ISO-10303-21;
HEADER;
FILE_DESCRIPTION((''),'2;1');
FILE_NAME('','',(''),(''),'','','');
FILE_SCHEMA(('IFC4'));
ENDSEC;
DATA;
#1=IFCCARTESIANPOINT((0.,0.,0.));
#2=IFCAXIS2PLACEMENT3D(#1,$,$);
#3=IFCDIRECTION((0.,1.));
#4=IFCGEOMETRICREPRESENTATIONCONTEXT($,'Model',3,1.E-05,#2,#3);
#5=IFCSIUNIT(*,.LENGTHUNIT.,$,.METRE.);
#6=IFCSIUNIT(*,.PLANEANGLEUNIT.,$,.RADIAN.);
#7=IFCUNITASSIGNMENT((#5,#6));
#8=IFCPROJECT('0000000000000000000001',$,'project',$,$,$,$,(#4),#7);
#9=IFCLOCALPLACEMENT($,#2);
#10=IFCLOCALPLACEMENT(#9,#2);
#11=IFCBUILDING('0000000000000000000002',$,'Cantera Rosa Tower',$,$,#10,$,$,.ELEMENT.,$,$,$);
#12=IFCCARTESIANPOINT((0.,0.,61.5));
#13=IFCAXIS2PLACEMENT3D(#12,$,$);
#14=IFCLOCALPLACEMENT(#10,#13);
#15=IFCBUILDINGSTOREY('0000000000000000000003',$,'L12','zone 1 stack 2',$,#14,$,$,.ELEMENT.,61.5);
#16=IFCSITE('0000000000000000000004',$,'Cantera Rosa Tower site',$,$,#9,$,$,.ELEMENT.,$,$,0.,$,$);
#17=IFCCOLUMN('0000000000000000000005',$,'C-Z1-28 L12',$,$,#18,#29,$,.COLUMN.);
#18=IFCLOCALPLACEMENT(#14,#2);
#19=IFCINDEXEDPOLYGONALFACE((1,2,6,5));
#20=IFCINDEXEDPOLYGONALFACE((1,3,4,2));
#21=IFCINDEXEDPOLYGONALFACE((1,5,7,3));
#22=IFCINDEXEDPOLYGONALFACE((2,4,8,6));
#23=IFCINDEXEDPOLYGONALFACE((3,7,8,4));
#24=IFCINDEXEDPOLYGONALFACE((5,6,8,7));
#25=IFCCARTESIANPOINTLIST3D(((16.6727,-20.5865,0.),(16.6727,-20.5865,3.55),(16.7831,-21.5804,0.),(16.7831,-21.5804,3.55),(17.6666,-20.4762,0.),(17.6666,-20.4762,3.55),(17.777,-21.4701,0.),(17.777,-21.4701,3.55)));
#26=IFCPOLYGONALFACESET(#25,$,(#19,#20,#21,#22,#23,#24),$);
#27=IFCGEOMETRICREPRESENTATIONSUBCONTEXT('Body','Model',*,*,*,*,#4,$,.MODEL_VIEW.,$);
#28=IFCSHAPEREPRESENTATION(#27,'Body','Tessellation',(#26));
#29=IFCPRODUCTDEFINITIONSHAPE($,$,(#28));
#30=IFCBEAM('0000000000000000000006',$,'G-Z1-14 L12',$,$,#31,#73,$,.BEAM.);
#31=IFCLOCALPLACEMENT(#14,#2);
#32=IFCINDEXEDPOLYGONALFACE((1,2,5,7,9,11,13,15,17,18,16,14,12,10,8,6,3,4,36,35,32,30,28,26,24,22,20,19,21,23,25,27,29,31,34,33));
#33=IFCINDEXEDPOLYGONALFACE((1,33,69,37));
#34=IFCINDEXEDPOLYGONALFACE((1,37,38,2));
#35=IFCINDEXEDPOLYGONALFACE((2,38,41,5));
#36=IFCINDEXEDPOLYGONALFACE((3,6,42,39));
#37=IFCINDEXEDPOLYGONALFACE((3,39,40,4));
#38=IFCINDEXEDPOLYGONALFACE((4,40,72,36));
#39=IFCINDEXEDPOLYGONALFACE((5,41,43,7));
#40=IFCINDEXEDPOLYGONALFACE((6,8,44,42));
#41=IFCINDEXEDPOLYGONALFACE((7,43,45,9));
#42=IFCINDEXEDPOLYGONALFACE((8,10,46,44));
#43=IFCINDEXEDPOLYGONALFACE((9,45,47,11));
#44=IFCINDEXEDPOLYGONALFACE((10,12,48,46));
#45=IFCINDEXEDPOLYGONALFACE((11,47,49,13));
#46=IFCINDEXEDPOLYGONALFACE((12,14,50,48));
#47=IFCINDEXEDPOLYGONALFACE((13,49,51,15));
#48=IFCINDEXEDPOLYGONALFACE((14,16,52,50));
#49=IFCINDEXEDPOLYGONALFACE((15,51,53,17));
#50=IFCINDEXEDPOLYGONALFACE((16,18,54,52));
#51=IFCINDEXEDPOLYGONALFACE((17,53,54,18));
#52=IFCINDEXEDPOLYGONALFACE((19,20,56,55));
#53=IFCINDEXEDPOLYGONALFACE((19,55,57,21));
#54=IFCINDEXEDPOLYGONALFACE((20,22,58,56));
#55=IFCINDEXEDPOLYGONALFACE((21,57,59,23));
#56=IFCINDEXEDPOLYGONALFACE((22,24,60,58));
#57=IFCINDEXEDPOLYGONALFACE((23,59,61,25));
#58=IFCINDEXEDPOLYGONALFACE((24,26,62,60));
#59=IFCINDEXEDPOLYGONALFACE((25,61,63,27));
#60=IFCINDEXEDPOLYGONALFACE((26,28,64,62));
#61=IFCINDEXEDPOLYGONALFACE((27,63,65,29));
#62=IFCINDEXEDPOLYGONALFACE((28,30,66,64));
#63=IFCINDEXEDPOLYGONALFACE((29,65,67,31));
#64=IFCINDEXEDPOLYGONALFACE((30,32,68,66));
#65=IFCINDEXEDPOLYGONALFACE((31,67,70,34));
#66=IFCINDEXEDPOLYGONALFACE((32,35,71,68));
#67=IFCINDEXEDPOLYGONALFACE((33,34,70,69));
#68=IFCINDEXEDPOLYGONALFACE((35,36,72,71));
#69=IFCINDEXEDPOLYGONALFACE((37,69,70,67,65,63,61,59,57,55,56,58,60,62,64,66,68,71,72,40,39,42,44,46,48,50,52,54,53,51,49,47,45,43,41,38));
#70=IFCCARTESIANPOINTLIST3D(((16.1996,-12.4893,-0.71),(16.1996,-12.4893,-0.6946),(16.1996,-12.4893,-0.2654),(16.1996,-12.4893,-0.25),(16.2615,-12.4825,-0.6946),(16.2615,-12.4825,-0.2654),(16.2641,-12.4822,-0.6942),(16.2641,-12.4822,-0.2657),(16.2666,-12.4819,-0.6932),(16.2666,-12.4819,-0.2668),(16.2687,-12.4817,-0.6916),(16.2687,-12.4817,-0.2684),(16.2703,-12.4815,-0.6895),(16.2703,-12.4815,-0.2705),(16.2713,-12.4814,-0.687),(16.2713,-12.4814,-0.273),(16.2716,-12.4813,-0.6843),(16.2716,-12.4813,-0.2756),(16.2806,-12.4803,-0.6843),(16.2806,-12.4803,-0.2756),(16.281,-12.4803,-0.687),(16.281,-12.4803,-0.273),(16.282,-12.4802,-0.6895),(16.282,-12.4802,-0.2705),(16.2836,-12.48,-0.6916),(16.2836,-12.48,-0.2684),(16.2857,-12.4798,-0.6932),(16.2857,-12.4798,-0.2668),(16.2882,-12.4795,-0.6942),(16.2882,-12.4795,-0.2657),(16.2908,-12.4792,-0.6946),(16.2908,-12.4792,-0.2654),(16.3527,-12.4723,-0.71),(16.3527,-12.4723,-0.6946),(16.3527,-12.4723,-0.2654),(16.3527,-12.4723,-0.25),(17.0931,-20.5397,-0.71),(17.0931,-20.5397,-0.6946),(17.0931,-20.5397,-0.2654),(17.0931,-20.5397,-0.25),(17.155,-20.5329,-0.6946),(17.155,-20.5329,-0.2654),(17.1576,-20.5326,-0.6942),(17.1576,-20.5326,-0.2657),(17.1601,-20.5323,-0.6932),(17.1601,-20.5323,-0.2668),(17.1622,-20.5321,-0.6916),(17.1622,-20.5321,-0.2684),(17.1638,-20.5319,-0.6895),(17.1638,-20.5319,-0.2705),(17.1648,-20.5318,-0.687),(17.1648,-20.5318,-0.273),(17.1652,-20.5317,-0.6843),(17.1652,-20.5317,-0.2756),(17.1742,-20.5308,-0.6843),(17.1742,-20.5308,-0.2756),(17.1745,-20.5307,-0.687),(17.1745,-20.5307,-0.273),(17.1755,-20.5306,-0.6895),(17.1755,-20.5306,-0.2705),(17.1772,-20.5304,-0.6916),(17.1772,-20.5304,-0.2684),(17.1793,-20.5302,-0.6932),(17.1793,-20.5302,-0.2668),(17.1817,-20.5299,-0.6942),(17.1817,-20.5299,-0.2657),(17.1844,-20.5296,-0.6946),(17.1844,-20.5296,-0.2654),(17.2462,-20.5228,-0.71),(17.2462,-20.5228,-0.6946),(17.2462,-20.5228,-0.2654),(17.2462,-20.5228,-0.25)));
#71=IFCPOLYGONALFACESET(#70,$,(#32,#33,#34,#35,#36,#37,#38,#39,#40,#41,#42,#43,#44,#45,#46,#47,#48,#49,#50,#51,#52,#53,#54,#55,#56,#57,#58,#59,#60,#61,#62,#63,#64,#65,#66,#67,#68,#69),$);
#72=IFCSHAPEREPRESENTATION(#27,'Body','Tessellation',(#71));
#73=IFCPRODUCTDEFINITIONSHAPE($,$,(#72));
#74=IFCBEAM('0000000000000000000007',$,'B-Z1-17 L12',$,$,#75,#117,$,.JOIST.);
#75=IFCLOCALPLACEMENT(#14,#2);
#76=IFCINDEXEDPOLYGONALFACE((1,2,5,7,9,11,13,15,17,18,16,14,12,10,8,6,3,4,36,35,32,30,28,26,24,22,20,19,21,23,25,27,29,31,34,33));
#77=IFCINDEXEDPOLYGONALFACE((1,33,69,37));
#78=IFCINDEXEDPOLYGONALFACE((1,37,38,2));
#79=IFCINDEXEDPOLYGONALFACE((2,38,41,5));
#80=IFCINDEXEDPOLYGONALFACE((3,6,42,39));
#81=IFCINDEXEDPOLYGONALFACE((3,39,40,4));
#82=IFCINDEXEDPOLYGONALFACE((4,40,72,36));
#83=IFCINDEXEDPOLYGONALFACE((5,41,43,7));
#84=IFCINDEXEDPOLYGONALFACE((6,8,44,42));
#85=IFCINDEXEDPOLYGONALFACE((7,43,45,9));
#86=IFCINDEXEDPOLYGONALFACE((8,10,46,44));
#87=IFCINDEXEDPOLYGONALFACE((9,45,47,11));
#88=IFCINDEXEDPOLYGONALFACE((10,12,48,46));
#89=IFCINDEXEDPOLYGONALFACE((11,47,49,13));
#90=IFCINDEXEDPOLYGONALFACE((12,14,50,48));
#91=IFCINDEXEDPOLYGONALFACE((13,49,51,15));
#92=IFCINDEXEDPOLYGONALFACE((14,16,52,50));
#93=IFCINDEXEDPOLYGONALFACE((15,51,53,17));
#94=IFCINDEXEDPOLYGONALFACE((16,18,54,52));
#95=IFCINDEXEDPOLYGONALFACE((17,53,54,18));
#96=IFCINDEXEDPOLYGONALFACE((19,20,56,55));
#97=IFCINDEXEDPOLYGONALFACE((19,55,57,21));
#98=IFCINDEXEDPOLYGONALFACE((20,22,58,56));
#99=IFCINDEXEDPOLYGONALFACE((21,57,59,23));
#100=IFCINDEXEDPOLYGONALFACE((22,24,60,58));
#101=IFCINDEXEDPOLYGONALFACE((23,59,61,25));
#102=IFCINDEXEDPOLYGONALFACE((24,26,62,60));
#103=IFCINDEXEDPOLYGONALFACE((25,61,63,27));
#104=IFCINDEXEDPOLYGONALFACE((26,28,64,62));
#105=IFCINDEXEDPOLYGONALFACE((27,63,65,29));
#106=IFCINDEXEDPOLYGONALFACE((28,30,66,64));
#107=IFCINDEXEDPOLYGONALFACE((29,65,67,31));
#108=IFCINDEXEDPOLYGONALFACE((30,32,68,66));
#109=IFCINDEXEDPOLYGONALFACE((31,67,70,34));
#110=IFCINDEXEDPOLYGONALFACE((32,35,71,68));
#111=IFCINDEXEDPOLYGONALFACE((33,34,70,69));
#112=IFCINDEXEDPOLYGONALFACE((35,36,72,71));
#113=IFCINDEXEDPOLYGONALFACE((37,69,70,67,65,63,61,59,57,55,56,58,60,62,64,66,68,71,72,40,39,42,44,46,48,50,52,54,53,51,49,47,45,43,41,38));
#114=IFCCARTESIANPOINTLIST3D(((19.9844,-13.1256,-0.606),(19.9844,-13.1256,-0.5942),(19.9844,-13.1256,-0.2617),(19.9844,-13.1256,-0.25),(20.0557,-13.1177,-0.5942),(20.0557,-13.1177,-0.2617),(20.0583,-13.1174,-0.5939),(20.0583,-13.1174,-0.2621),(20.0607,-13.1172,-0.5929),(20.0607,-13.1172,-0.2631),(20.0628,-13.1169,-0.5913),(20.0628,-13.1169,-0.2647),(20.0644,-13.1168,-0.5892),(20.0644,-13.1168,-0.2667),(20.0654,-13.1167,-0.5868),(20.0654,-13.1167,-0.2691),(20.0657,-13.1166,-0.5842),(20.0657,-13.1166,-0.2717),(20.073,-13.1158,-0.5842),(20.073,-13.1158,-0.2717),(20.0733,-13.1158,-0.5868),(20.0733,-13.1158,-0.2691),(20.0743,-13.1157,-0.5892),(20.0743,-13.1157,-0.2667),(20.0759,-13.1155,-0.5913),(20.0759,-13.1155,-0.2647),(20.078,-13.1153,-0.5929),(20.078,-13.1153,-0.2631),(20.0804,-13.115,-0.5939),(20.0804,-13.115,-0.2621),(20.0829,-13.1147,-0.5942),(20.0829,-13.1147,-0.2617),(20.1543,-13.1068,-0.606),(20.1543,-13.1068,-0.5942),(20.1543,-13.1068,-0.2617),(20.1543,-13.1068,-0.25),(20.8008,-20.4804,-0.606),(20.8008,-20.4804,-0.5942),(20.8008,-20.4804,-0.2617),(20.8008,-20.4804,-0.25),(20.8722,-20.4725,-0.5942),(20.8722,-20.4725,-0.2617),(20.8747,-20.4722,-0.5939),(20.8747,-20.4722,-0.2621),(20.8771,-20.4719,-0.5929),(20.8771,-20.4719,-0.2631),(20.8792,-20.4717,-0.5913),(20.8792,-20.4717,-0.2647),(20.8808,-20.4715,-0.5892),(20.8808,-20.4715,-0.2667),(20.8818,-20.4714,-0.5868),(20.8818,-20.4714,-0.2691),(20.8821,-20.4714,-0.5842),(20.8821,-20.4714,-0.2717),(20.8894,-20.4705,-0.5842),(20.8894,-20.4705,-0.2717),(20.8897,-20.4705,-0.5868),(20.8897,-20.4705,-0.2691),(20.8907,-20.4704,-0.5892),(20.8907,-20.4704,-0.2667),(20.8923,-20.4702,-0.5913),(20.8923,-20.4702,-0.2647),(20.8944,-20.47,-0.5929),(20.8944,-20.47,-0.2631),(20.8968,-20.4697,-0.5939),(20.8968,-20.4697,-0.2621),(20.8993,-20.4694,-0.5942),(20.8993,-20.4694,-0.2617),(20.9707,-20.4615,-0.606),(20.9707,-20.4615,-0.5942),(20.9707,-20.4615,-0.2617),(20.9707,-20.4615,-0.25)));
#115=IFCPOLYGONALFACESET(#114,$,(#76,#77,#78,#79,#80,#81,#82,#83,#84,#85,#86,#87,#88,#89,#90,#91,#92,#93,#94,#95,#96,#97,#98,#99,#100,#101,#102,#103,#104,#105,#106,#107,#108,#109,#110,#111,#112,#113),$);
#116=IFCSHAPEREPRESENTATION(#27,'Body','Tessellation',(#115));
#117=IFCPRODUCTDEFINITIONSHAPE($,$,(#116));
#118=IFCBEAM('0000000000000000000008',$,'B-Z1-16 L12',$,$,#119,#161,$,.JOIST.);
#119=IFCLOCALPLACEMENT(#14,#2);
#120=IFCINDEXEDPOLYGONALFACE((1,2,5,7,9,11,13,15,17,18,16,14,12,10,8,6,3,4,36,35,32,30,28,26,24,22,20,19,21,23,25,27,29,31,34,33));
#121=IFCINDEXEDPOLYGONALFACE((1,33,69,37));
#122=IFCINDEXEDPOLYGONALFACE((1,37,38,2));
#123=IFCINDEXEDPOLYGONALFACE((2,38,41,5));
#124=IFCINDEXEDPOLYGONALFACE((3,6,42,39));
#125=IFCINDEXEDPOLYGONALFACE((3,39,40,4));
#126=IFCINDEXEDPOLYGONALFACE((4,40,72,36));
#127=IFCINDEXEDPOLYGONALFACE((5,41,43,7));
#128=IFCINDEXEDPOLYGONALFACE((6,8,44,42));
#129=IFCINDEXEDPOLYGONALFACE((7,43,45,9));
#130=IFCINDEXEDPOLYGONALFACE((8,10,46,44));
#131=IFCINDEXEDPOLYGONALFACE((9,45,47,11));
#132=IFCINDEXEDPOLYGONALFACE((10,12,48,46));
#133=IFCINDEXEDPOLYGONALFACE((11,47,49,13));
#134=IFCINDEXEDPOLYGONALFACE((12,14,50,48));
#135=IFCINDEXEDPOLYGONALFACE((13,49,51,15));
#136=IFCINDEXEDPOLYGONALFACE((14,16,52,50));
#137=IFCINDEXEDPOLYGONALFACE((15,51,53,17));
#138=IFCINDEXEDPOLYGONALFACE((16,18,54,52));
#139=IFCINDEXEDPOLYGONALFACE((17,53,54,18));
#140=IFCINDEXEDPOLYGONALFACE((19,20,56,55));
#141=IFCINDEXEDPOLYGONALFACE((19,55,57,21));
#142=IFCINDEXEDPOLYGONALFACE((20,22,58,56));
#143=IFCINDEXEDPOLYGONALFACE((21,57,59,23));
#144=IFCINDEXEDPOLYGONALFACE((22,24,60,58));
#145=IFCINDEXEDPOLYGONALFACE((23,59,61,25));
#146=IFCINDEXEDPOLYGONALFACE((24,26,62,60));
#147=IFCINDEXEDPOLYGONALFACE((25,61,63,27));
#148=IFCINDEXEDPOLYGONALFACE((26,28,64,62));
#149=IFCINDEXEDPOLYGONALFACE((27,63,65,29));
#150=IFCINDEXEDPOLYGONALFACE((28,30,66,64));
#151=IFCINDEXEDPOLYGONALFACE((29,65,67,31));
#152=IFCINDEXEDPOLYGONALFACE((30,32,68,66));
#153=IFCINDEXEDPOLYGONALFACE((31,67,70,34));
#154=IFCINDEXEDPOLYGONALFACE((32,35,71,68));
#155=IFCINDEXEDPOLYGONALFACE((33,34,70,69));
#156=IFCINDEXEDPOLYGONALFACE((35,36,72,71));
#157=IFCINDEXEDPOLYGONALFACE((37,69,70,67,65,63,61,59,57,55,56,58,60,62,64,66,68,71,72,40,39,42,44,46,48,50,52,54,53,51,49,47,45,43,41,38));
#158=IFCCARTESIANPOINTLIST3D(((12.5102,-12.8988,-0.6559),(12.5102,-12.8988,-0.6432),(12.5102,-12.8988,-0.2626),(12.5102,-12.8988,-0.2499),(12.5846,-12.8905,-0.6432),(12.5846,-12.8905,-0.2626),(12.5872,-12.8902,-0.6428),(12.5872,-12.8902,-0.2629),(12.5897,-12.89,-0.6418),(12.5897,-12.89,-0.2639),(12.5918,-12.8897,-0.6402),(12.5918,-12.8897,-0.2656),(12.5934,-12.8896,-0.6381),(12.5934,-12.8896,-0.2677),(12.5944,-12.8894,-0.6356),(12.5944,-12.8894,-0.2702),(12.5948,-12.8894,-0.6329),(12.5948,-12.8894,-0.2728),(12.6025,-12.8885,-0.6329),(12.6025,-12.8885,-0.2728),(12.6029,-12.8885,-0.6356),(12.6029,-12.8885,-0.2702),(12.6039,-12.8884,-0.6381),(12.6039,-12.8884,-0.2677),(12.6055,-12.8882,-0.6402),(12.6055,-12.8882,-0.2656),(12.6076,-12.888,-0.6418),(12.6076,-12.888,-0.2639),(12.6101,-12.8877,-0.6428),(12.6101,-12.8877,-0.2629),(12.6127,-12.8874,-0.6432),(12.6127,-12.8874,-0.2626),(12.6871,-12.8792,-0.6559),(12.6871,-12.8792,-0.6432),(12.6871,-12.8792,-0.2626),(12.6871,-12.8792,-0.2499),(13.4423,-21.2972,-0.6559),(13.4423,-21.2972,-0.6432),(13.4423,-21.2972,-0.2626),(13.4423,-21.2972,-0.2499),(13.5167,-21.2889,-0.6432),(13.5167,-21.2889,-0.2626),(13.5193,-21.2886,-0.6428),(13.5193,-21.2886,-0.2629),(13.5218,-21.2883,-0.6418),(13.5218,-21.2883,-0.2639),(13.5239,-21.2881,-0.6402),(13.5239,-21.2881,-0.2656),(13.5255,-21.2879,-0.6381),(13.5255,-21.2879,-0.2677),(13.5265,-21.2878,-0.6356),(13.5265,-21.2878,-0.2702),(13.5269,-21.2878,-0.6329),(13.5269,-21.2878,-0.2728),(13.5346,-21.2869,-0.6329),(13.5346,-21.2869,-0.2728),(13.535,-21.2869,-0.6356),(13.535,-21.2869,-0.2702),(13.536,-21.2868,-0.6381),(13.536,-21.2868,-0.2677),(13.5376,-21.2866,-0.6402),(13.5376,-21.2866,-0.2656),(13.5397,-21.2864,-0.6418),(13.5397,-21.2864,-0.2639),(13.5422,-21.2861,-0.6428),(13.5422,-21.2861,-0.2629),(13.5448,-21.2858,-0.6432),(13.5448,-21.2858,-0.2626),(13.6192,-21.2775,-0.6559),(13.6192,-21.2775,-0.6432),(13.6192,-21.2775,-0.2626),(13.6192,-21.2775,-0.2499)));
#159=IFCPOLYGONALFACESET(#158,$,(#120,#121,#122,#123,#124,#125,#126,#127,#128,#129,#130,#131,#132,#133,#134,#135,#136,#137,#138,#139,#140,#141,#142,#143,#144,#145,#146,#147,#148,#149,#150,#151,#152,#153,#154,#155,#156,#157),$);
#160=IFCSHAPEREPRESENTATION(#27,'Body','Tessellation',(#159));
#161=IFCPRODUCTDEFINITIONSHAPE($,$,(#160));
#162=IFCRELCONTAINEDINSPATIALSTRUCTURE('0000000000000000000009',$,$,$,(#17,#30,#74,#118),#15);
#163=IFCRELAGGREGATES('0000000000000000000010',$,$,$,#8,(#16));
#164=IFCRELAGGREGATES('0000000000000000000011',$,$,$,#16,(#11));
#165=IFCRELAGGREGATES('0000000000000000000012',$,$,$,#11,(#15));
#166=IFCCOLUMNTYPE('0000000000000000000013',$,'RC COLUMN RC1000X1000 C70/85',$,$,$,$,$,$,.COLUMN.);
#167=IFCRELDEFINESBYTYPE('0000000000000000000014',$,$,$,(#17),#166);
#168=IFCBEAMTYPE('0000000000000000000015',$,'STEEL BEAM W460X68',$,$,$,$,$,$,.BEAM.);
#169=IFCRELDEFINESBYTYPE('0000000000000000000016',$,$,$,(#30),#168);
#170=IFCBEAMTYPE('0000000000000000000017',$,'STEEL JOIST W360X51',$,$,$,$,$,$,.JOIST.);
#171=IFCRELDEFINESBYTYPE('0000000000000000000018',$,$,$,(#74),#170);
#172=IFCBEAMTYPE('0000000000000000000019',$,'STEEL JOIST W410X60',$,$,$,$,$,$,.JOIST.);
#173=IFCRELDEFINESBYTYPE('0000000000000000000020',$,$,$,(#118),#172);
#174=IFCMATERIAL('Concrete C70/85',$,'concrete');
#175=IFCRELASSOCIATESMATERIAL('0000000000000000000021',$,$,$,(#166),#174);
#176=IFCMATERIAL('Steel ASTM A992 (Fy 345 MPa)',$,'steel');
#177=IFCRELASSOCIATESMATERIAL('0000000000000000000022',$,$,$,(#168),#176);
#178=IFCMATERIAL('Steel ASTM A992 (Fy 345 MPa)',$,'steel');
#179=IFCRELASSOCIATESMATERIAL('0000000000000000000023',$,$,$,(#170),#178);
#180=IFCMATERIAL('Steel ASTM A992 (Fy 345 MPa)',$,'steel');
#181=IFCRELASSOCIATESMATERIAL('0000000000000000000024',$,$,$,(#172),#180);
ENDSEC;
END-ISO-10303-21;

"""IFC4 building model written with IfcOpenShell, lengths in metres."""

from ifc_helpers import new_model, si_unit, direction, frame, origin, origin_2d, place, context, subcontext, project, spatial, rectangle, i_section, extrude, material, material_profile, profile_set, type_object, element, save


model = new_model("IFC4")

# Units and contexts
model_context = context("Model", 3, precision=1e-05, world=origin(), true_north=direction((0.0, 1.0)))
body_context = subcontext(model_context, "Body", "Model", "MODEL_VIEW")
ifc_project = project(units=[si_unit("LENGTHUNIT", "METRE"), si_unit("PLANEANGLEUNIT", "RADIAN")], contexts=[model_context])

# Site, building, storey
site_placement = place(None, origin())
site = spatial("IfcSite", under=ifc_project, at=site_placement, Name="Cantera Rosa Tower site", CompositionType="ELEMENT", RefElevation=0.0)
building_placement = place(site_placement, origin())
building = spatial("IfcBuilding", under=site, at=building_placement, Name="Cantera Rosa Tower", CompositionType="ELEMENT")
storey_placement = place(building_placement, frame((0.0, 0.0, 61.5)))
storey = spatial("IfcBuildingStorey", under=building, at=storey_placement, Name="L12", Description="zone 1 stack 2", CompositionType="ELEMENT", Elevation=61.5)

# Column
ifc_material_1 = material(Name="Concrete C70/85", Category="concrete")
ifc_material_profile_1 = material_profile(ifc_material_1, rectangle(XDim=1.0, YDim=1.0, at=origin_2d()), Name="RC COLUMN RC1000X1000 C70/85")
ifc_profile_set_1 = profile_set([ifc_material_profile_1], Name="Concrete C70/85")
column_type = type_object("IfcColumnType", Name="RC COLUMN RC1000X1000 C70/85", PredefinedType="COLUMN", material=ifc_profile_set_1)
column_placement = place(storey_placement, frame((17.2249, -21.0283, 0.0), z_axis=(0.0, 0.0, 1.0), x_axis=(0.993897, 0.110313, 0.0)))
element("IfcColumn", 1, at=column_placement, inside=storey, type_object=column_type, Name="C-Z1-28 L12", PredefinedType="COLUMN", context=body_context, shape_type="SweptSolid", body=[
    extrude(rectangle(XDim=1.0, YDim=1.0, at=origin_2d()), origin(), (0.0, 0.0, 1.0), 3.55),
])

# Beams
ifc_material_2 = material(Name="Steel ASTM A992 (Fy 345 MPa)", Category="steel")
ifc_material_profile_2 = material_profile(ifc_material_2, i_section(OverallWidth=0.1541, OverallDepth=0.46, WebThickness=0.009, FlangeThickness=0.0154, FilletRadius=0.0103, at=origin_2d()), Name="W460X68")
ifc_profile_set_2 = profile_set([ifc_material_profile_2], Name="Steel ASTM A992 (Fy 345 MPa)")
beam_type_1 = type_object("IfcBeamType", Name="STEEL BEAM W460X68", PredefinedType="BEAM", material=ifc_profile_set_2)
beam_1_placement = place(storey_placement, frame((17.1697, -20.5312, -0.48), z_axis=(-0.110316, 0.993897, 0.0), x_axis=(-0.993897, -0.110316, 0.0)))
element("IfcBeam", 2, at=beam_1_placement, inside=storey, type_object=beam_type_1, Name="G-Z1-14 L12", PredefinedType="BEAM", context=body_context, shape_type="SweptSolid", body=[
    extrude(i_section(OverallWidth=0.1541, OverallDepth=0.46, WebThickness=0.009, FlangeThickness=0.0154, FilletRadius=0.0103, at=origin_2d()), origin(), (0.0, 0.0, 1.0), 8.0999),
])
ifc_material_3 = material(Name="Steel ASTM A992 (Fy 345 MPa)", Category="steel")
ifc_material_profile_3 = material_profile(ifc_material_3, i_section(OverallWidth=0.1709, OverallDepth=0.356, WebThickness=0.0073, FlangeThickness=0.0117, FilletRadius=0.01, at=origin_2d()), Name="W360X51")
ifc_profile_set_3 = profile_set([ifc_material_profile_3], Name="Steel ASTM A992 (Fy 345 MPa)")
beam_type_2 = type_object("IfcBeamType", Name="STEEL JOIST W360X51", PredefinedType="JOIST", material=ifc_profile_set_3)
beam_2_placement = place(storey_placement, frame((20.8857, -20.4709, -0.428), z_axis=(-0.110327, 0.993895, 0.0), x_axis=(-0.993895, -0.110327, 0.0)))
element("IfcBeam", 3, at=beam_2_placement, inside=storey, type_object=beam_type_2, Name="B-Z1-17 L12", PredefinedType="JOIST", context=body_context, shape_type="SweptSolid", body=[
    extrude(i_section(OverallWidth=0.1709, OverallDepth=0.356, WebThickness=0.0073, FlangeThickness=0.0117, FilletRadius=0.01, at=origin_2d()), origin(), (0.0, 0.0, 1.0), 7.3999),
])
ifc_material_4 = material(Name="Steel ASTM A992 (Fy 345 MPa)", Category="steel")
ifc_material_profile_4 = material_profile(ifc_material_4, i_section(OverallWidth=0.178, OverallDepth=0.406, WebThickness=0.0078, FlangeThickness=0.0127, FilletRadius=0.0103, at=origin_2d()), Name="W410X60")
ifc_profile_set_4 = profile_set([ifc_material_profile_4], Name="Steel ASTM A992 (Fy 345 MPa)")
beam_type_3 = type_object("IfcBeamType", Name="STEEL JOIST W410X60", PredefinedType="JOIST", material=ifc_profile_set_4)
beam_3_placement = place(storey_placement, frame((13.5308, -21.2874, -0.4529), z_axis=(-0.110311, 0.993897, 0.0), x_axis=(-0.993897, -0.110311, 0.0)))
element("IfcBeam", 4, at=beam_3_placement, inside=storey, type_object=beam_type_3, Name="B-Z1-16 L12", PredefinedType="JOIST", context=body_context, shape_type="SweptSolid", body=[
    extrude(i_section(OverallWidth=0.178, OverallDepth=0.406, WebThickness=0.0078, FlangeThickness=0.0127, FilletRadius=0.0103, at=origin_2d()), origin(), (0.0, 0.0, 1.0), 8.45),
])

save(model, "model.ifc")
